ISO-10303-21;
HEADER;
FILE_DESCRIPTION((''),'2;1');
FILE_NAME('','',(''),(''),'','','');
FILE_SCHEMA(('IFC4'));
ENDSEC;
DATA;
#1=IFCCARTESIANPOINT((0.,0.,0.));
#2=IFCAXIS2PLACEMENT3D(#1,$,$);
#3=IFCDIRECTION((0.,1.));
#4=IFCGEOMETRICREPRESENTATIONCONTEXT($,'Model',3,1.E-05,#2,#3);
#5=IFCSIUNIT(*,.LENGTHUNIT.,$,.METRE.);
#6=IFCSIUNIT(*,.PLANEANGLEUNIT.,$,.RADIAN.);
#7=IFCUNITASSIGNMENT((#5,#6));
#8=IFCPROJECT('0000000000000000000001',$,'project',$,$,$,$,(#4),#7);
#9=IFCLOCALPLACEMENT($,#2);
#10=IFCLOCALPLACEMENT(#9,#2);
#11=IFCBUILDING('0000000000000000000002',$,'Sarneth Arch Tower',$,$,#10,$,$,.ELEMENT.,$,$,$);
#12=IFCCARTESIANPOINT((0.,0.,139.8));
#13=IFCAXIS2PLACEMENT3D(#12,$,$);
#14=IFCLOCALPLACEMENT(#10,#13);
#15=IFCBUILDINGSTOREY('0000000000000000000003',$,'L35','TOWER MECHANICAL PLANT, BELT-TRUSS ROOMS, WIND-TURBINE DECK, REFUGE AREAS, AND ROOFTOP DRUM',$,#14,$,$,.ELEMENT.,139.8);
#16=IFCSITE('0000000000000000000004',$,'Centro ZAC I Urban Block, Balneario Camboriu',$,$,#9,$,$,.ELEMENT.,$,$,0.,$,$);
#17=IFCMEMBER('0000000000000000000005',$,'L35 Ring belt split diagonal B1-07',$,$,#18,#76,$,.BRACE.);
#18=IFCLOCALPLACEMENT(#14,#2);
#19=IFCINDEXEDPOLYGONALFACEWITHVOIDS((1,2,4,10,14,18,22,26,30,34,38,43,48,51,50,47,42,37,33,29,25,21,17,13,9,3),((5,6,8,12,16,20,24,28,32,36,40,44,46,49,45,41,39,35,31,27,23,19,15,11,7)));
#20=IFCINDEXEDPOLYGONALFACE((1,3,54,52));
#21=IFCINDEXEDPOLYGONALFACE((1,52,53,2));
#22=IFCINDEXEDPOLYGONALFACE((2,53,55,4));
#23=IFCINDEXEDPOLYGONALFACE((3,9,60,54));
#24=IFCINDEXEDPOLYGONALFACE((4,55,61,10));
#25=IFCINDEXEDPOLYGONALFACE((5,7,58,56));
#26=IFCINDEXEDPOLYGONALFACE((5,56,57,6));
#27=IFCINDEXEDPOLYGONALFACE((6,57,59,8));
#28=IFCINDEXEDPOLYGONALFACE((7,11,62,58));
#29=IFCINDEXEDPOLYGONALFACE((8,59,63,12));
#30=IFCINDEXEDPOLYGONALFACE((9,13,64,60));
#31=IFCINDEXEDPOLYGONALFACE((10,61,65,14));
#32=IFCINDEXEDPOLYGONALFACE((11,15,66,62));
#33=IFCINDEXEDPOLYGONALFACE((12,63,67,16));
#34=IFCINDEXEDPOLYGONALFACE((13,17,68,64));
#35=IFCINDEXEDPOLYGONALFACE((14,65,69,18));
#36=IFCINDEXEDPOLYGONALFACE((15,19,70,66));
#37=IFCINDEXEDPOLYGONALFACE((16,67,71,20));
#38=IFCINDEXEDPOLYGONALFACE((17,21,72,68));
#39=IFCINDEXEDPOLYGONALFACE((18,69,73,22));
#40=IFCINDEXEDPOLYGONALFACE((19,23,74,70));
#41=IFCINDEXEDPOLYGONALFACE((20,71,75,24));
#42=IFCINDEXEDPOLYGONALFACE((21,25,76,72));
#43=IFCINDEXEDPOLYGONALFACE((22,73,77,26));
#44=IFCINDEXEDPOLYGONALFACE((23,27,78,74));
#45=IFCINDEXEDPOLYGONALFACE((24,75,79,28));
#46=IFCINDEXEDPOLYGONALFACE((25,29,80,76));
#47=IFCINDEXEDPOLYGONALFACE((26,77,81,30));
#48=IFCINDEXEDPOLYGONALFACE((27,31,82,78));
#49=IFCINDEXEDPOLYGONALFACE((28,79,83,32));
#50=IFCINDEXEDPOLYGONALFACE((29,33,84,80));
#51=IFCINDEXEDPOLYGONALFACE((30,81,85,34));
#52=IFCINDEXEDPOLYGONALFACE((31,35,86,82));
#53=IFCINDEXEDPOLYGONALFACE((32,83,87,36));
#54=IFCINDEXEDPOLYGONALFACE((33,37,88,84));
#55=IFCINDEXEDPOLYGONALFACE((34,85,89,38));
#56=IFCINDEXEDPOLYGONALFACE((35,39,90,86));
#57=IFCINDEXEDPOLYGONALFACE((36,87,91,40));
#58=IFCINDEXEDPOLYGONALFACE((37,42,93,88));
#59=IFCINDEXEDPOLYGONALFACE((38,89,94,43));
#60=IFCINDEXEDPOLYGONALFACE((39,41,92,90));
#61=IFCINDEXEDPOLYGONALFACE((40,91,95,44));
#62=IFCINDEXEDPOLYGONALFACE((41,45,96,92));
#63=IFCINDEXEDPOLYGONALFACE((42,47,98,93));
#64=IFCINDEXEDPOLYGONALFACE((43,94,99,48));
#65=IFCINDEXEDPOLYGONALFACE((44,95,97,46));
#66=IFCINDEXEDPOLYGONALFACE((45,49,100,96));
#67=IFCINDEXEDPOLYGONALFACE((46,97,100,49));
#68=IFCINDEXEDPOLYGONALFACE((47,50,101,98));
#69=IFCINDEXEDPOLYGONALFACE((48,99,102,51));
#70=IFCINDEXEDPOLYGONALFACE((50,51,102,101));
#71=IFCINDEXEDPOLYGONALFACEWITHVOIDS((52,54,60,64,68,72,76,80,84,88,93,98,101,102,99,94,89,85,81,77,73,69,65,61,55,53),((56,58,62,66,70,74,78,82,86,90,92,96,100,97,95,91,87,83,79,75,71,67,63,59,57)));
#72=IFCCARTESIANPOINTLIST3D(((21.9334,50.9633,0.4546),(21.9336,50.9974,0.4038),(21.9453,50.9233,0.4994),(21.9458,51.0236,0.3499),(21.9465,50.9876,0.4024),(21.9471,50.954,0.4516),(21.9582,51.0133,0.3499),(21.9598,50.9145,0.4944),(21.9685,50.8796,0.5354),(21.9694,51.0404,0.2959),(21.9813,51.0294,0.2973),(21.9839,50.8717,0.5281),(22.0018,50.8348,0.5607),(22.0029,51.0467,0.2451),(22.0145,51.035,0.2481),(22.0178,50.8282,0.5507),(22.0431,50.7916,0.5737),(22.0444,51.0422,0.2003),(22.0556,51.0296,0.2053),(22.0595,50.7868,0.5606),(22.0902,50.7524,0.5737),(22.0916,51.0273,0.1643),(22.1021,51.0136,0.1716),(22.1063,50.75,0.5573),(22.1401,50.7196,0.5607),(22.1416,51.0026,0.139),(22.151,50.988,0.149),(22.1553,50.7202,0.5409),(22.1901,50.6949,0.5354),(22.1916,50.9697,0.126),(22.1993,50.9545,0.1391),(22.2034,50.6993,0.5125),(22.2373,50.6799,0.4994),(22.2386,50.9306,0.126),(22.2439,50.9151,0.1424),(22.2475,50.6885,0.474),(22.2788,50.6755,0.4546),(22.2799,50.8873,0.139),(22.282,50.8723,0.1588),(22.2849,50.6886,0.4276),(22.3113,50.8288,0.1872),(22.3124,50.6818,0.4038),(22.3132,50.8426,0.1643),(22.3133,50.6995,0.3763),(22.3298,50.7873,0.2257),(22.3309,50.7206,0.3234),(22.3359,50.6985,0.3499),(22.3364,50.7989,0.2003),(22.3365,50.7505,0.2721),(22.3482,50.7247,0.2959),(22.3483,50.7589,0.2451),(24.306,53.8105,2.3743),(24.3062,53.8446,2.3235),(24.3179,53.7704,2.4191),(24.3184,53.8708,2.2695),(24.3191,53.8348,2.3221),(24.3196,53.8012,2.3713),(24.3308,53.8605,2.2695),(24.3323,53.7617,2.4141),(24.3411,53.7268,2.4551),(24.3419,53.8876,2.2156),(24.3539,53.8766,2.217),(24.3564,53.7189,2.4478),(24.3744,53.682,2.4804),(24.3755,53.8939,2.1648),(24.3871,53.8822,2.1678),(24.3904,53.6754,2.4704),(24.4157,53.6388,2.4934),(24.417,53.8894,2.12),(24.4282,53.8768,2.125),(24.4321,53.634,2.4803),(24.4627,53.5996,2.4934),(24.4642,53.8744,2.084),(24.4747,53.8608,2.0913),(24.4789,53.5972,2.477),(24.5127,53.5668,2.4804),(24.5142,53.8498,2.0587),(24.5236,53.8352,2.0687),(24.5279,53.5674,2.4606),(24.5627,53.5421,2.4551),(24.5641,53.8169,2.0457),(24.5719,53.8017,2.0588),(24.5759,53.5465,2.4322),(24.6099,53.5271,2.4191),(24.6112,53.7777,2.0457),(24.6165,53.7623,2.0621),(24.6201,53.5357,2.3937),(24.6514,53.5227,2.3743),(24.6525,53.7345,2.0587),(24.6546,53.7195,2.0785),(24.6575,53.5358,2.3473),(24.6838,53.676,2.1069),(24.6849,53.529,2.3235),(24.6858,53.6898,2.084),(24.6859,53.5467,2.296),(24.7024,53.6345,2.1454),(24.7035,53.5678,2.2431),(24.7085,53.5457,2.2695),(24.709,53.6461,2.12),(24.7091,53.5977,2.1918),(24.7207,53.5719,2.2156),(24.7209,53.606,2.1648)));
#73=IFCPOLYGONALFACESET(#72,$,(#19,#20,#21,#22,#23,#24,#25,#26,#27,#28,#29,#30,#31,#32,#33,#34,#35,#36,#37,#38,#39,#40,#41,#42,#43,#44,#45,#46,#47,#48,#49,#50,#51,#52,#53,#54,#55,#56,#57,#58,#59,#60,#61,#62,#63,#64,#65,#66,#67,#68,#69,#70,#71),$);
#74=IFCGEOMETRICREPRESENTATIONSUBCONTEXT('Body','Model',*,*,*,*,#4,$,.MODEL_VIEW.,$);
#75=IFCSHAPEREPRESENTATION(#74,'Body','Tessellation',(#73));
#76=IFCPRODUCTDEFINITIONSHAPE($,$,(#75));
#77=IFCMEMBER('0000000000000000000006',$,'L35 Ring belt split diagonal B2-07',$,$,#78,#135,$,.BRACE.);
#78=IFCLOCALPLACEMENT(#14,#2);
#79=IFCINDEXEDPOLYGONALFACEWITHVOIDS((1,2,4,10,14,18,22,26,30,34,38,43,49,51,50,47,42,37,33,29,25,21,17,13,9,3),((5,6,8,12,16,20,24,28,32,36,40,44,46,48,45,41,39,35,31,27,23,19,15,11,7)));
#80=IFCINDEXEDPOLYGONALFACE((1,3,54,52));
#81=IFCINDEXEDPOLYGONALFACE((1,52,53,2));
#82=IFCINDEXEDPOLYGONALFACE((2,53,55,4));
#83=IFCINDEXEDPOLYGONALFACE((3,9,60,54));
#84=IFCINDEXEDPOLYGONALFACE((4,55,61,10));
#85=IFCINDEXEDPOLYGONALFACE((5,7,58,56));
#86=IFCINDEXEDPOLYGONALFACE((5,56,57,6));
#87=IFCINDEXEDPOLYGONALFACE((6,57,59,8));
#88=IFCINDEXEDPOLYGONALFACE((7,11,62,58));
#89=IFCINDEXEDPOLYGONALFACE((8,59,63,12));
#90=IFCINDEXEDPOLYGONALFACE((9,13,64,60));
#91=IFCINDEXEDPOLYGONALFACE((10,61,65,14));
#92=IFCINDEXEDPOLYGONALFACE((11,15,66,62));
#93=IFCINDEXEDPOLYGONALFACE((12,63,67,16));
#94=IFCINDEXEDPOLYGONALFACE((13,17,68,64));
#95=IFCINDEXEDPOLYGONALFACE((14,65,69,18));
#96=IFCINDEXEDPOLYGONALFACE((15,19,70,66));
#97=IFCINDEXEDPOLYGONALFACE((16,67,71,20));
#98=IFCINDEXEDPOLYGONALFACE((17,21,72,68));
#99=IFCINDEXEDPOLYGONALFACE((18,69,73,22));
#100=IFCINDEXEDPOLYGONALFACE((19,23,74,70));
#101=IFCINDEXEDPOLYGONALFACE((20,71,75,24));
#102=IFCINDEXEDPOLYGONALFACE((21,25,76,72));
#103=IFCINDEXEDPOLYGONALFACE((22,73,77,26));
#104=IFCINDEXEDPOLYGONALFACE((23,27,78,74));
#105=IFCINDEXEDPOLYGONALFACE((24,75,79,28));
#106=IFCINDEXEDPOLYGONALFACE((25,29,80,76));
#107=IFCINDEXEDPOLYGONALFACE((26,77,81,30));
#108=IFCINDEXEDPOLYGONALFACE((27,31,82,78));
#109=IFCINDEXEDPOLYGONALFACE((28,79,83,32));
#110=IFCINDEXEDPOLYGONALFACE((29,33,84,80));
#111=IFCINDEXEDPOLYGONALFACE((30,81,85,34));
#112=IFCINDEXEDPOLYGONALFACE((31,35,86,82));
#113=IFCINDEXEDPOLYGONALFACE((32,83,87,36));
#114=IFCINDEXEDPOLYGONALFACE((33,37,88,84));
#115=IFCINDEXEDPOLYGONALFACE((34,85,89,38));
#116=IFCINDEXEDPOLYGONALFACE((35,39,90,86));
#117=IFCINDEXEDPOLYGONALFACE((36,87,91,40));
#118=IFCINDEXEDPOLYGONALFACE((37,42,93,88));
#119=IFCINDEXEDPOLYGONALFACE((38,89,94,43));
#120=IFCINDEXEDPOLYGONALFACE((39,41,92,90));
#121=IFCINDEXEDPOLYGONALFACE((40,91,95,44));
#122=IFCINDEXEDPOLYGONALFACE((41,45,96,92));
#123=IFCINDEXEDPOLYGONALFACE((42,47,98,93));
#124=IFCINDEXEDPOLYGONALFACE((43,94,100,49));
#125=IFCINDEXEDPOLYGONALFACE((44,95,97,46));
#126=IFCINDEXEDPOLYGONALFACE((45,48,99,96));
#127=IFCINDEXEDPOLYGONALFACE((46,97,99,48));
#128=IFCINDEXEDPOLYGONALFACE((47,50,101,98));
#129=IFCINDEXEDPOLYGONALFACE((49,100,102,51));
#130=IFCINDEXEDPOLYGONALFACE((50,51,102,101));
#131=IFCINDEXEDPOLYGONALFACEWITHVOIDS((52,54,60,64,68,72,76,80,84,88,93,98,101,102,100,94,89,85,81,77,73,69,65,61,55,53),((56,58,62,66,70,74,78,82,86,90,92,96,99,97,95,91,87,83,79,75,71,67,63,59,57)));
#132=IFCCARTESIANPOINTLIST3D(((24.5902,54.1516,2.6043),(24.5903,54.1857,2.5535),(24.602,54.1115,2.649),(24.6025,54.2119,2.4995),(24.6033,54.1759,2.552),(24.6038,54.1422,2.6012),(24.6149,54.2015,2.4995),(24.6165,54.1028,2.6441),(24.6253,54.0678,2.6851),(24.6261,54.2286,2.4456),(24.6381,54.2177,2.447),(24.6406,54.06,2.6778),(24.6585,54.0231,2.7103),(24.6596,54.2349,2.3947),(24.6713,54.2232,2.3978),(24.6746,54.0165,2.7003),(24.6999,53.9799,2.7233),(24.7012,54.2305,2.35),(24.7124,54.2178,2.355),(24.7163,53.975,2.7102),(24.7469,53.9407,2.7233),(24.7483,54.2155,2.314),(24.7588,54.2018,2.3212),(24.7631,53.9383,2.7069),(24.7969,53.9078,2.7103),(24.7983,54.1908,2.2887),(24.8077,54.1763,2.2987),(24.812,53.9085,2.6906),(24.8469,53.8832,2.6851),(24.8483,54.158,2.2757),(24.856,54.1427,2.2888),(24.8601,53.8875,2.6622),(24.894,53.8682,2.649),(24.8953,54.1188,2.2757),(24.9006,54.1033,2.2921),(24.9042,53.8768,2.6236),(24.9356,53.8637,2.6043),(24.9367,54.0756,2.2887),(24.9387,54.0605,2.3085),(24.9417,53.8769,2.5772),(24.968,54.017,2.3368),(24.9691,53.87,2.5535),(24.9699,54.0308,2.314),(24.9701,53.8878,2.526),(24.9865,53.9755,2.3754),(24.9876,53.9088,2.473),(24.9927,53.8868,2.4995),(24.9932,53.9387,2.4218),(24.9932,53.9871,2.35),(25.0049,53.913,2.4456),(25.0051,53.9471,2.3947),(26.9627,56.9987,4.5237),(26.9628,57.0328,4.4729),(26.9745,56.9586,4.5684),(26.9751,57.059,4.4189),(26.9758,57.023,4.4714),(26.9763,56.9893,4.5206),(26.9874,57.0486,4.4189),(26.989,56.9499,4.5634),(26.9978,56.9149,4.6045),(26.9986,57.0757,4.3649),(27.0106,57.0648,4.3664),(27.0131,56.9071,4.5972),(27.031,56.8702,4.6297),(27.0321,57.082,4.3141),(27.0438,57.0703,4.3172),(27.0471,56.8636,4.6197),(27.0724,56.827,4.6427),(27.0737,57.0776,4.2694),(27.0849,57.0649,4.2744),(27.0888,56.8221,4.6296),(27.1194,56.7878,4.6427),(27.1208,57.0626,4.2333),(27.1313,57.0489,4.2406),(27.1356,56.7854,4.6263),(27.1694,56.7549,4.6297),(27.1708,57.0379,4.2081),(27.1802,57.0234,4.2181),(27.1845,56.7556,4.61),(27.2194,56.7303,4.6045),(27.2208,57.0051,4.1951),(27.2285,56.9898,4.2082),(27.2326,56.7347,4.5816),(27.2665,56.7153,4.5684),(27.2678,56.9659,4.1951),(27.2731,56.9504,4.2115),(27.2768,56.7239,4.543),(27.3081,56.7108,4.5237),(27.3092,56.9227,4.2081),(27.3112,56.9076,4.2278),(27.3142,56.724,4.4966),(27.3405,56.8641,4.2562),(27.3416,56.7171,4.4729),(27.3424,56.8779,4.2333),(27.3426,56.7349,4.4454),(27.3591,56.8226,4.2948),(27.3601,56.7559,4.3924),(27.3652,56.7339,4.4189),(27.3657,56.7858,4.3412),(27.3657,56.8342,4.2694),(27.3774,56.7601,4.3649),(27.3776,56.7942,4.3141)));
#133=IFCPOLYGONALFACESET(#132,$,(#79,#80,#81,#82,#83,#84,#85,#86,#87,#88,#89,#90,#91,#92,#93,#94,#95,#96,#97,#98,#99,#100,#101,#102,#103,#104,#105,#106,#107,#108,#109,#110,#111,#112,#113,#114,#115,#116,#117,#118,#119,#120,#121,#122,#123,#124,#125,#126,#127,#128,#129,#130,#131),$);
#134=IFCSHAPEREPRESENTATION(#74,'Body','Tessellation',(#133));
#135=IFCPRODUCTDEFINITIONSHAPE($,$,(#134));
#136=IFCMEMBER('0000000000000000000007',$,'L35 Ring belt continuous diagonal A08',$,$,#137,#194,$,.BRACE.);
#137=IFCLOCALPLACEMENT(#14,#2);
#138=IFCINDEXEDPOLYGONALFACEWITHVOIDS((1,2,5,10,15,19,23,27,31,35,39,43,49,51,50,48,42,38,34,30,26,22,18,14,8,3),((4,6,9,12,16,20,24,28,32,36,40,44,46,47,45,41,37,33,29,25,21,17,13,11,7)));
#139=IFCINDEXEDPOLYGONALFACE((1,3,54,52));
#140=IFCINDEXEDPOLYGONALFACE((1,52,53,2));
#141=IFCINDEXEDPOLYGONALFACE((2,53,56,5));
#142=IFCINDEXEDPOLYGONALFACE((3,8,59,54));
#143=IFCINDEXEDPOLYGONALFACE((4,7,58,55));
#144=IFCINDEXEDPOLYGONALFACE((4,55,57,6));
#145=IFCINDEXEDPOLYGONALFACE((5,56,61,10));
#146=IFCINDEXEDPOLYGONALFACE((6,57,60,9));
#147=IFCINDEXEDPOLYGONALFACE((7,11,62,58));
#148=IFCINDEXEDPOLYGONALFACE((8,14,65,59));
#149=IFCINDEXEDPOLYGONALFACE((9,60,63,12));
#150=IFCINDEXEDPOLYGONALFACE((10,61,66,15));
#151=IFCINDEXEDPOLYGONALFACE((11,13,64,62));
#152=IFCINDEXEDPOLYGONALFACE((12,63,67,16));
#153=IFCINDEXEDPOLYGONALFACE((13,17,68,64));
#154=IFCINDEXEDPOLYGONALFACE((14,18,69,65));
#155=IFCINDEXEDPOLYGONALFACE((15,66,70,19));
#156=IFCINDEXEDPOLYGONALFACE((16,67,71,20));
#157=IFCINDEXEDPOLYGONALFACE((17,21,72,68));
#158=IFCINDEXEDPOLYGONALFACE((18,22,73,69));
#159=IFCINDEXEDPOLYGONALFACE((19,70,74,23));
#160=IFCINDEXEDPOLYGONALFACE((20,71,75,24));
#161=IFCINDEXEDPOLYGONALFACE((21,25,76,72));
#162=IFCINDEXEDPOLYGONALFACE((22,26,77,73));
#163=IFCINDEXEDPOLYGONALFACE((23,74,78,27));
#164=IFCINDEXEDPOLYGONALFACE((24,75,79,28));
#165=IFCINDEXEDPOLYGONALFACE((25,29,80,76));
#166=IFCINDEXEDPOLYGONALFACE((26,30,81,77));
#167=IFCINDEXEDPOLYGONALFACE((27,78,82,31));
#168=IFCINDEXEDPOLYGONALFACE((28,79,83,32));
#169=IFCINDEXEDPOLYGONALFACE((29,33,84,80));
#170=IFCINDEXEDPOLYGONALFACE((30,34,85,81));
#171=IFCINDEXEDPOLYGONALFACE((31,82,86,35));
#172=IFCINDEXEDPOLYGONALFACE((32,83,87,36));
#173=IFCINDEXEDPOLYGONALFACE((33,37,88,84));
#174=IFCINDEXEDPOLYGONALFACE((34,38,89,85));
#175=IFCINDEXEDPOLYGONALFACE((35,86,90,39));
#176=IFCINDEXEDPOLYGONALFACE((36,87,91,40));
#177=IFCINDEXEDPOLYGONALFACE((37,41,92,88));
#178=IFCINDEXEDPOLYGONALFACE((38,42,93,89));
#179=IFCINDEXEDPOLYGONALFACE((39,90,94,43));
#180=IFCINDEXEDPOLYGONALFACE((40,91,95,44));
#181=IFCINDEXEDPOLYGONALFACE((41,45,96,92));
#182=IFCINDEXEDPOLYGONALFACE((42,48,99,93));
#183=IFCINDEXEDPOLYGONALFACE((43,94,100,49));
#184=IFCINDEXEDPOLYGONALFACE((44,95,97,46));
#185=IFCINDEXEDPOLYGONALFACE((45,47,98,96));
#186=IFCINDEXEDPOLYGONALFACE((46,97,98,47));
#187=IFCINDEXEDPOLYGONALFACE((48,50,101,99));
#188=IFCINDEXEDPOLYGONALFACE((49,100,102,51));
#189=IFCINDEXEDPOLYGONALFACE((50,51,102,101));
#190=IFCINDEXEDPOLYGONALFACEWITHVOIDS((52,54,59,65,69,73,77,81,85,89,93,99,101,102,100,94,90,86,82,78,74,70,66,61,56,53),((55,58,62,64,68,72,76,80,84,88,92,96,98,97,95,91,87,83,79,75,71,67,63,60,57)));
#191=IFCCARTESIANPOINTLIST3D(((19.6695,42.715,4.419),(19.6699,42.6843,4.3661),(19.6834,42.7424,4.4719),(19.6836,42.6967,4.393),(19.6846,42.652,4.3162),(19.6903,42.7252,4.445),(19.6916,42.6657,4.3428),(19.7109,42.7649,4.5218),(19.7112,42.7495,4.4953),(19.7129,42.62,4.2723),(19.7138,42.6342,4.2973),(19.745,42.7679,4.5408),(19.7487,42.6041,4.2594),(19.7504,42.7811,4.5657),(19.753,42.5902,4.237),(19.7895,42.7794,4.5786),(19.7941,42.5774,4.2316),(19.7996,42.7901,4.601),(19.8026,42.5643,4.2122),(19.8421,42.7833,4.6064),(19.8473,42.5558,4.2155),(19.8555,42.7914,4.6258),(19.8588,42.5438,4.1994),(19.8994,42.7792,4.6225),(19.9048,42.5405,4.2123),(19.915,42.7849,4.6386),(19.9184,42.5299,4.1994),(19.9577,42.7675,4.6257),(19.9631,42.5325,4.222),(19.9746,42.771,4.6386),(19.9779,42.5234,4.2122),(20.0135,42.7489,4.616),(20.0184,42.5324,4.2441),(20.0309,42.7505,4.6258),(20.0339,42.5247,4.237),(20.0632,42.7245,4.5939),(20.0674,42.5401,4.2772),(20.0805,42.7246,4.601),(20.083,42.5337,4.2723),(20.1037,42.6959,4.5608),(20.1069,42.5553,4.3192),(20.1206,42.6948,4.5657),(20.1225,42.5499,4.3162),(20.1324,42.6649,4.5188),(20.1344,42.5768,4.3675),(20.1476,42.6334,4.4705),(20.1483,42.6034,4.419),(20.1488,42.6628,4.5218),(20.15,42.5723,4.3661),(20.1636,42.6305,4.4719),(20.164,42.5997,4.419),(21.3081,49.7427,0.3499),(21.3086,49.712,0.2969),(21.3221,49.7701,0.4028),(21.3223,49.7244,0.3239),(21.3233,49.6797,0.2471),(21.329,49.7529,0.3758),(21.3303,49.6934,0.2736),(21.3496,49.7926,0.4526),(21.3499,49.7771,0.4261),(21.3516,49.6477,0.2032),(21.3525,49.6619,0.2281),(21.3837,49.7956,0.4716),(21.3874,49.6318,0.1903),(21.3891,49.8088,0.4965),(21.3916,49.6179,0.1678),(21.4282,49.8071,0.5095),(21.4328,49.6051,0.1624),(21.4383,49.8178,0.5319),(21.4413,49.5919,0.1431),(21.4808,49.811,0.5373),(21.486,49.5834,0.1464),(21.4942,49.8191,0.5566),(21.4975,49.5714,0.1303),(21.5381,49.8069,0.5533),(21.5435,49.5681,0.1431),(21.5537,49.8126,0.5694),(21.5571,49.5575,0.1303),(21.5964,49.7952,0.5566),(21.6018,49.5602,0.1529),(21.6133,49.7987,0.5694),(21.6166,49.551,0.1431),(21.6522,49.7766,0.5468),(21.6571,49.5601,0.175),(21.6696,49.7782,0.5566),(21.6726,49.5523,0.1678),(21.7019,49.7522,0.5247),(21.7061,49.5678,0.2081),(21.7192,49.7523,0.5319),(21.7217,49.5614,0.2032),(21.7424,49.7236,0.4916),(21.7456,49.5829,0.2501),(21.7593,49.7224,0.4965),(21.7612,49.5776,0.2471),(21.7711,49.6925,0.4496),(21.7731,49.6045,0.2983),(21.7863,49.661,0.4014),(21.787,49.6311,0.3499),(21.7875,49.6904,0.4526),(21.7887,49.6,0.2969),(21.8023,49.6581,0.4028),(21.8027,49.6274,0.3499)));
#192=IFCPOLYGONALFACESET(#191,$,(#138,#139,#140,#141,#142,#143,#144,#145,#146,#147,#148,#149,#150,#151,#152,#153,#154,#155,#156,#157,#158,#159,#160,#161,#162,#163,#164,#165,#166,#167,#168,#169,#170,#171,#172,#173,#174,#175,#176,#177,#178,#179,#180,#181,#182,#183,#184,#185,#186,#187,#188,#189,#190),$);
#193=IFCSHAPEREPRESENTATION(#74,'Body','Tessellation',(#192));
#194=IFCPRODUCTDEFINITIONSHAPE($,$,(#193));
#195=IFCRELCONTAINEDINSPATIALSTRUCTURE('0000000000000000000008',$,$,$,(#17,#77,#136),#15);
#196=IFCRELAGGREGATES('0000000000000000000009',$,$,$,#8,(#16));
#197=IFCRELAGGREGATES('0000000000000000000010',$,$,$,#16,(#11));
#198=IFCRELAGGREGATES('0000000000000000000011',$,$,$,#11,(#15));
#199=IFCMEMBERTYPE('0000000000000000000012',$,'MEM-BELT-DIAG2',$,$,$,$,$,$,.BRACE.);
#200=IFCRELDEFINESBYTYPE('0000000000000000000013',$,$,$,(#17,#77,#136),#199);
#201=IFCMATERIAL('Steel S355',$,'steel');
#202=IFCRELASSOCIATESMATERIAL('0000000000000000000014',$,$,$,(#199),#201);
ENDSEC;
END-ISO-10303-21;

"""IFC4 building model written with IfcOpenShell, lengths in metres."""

from ifc_helpers import new_model, si_unit, direction, frame, origin, origin_2d, place, context, subcontext, project, spatial, hollow_circle, extrude, material, material_profile, profile_set, type_object, element, save


model = new_model("IFC4")

# Units and contexts
model_context = context("Model", 3, precision=1e-05, world=origin(), true_north=direction((0.0, 1.0)))
body_context = subcontext(model_context, "Body", "Model", "MODEL_VIEW")
ifc_project = project(units=[si_unit("LENGTHUNIT", "METRE"), si_unit("PLANEANGLEUNIT", "RADIAN")], contexts=[model_context])

# Site, building, storey
site_placement = place(None, origin())
site = spatial("IfcSite", under=ifc_project, at=site_placement, Name="Centro ZAC I Urban Block, Balneario Camboriu", CompositionType="ELEMENT", RefElevation=0.0)
building_placement = place(site_placement, origin())
building = spatial("IfcBuilding", under=site, at=building_placement, Name="Sarneth Arch Tower", CompositionType="ELEMENT")
storey_placement = place(building_placement, frame((0.0, 0.0, 139.8)))
storey = spatial("IfcBuildingStorey", under=building, at=storey_placement, Name="L35", Description="TOWER MECHANICAL PLANT, BELT-TRUSS ROOMS, WIND-TURBINE DECK, REFUGE AREAS, AND ROOFTOP DRUM", CompositionType="ELEMENT", Elevation=139.8)

# Members
ifc_material_1 = material(Name="Steel S355", Category="steel")
ifc_material_profile_1 = material_profile(ifc_material_1, hollow_circle(Radius=0.2539, WallThickness=0.0161, at=origin_2d()), Name="CHS508x16")
ifc_profile_set_1 = profile_set([ifc_material_profile_1], Name="Steel S355")
member_type_1 = type_object("IfcMemberType", Name="MEM-BELT-DIAG2", PredefinedType="BRACE", material=ifc_profile_set_1)
member_1_placement = place(storey_placement, frame((22.1409, 50.8611, 0.3499), z_axis=(0.568442, 0.682153, 0.459936), x_axis=(-0.768232, 0.640171, 0.0)))
element("IfcMember", 1, at=member_1_placement, inside=storey, type_object=member_type_1, Name="L35 Ring belt split diagonal B1-07", PredefinedType="BRACE", context=body_context, shape_type="SweptSolid", body=[
    extrude(hollow_circle(Radius=0.2539, WallThickness=0.0161, at=origin_2d()), origin(), (0.0, 0.0, 1.0), 4.1738),
])
member_2_placement = place(storey_placement, frame((24.7976, 54.0493, 2.4995), z_axis=(0.568457, 0.682172, 0.45989), x_axis=(-0.768232, 0.640171, 0.0)))
element("IfcMember", 2, at=member_2_placement, inside=storey, type_object=member_type_1, Name="L35 Ring belt split diagonal B2-07", PredefinedType="BRACE", context=body_context, shape_type="SweptSolid", body=[
    extrude(hollow_circle(Radius=0.2539, WallThickness=0.0161, at=origin_2d()), origin(), (0.0, 0.0, 1.0), 4.1736),
])
member_3_placement = place(storey_placement, frame((21.5554, 49.6851, 0.3499), z_axis=(-0.197804, -0.848301, 0.491181), x_axis=(0.973875, -0.227085, 0.0)))
element("IfcMember", 3, at=member_3_placement, inside=storey, type_object=member_type_1, Name="L35 Ring belt continuous diagonal A08", PredefinedType="BRACE", context=body_context, shape_type="SweptSolid", body=[
    extrude(hollow_circle(Radius=0.2539, WallThickness=0.0161, at=origin_2d()), origin(), (0.0, 0.0, 1.0), 8.2844),
])

save(model, "model.ifc")
